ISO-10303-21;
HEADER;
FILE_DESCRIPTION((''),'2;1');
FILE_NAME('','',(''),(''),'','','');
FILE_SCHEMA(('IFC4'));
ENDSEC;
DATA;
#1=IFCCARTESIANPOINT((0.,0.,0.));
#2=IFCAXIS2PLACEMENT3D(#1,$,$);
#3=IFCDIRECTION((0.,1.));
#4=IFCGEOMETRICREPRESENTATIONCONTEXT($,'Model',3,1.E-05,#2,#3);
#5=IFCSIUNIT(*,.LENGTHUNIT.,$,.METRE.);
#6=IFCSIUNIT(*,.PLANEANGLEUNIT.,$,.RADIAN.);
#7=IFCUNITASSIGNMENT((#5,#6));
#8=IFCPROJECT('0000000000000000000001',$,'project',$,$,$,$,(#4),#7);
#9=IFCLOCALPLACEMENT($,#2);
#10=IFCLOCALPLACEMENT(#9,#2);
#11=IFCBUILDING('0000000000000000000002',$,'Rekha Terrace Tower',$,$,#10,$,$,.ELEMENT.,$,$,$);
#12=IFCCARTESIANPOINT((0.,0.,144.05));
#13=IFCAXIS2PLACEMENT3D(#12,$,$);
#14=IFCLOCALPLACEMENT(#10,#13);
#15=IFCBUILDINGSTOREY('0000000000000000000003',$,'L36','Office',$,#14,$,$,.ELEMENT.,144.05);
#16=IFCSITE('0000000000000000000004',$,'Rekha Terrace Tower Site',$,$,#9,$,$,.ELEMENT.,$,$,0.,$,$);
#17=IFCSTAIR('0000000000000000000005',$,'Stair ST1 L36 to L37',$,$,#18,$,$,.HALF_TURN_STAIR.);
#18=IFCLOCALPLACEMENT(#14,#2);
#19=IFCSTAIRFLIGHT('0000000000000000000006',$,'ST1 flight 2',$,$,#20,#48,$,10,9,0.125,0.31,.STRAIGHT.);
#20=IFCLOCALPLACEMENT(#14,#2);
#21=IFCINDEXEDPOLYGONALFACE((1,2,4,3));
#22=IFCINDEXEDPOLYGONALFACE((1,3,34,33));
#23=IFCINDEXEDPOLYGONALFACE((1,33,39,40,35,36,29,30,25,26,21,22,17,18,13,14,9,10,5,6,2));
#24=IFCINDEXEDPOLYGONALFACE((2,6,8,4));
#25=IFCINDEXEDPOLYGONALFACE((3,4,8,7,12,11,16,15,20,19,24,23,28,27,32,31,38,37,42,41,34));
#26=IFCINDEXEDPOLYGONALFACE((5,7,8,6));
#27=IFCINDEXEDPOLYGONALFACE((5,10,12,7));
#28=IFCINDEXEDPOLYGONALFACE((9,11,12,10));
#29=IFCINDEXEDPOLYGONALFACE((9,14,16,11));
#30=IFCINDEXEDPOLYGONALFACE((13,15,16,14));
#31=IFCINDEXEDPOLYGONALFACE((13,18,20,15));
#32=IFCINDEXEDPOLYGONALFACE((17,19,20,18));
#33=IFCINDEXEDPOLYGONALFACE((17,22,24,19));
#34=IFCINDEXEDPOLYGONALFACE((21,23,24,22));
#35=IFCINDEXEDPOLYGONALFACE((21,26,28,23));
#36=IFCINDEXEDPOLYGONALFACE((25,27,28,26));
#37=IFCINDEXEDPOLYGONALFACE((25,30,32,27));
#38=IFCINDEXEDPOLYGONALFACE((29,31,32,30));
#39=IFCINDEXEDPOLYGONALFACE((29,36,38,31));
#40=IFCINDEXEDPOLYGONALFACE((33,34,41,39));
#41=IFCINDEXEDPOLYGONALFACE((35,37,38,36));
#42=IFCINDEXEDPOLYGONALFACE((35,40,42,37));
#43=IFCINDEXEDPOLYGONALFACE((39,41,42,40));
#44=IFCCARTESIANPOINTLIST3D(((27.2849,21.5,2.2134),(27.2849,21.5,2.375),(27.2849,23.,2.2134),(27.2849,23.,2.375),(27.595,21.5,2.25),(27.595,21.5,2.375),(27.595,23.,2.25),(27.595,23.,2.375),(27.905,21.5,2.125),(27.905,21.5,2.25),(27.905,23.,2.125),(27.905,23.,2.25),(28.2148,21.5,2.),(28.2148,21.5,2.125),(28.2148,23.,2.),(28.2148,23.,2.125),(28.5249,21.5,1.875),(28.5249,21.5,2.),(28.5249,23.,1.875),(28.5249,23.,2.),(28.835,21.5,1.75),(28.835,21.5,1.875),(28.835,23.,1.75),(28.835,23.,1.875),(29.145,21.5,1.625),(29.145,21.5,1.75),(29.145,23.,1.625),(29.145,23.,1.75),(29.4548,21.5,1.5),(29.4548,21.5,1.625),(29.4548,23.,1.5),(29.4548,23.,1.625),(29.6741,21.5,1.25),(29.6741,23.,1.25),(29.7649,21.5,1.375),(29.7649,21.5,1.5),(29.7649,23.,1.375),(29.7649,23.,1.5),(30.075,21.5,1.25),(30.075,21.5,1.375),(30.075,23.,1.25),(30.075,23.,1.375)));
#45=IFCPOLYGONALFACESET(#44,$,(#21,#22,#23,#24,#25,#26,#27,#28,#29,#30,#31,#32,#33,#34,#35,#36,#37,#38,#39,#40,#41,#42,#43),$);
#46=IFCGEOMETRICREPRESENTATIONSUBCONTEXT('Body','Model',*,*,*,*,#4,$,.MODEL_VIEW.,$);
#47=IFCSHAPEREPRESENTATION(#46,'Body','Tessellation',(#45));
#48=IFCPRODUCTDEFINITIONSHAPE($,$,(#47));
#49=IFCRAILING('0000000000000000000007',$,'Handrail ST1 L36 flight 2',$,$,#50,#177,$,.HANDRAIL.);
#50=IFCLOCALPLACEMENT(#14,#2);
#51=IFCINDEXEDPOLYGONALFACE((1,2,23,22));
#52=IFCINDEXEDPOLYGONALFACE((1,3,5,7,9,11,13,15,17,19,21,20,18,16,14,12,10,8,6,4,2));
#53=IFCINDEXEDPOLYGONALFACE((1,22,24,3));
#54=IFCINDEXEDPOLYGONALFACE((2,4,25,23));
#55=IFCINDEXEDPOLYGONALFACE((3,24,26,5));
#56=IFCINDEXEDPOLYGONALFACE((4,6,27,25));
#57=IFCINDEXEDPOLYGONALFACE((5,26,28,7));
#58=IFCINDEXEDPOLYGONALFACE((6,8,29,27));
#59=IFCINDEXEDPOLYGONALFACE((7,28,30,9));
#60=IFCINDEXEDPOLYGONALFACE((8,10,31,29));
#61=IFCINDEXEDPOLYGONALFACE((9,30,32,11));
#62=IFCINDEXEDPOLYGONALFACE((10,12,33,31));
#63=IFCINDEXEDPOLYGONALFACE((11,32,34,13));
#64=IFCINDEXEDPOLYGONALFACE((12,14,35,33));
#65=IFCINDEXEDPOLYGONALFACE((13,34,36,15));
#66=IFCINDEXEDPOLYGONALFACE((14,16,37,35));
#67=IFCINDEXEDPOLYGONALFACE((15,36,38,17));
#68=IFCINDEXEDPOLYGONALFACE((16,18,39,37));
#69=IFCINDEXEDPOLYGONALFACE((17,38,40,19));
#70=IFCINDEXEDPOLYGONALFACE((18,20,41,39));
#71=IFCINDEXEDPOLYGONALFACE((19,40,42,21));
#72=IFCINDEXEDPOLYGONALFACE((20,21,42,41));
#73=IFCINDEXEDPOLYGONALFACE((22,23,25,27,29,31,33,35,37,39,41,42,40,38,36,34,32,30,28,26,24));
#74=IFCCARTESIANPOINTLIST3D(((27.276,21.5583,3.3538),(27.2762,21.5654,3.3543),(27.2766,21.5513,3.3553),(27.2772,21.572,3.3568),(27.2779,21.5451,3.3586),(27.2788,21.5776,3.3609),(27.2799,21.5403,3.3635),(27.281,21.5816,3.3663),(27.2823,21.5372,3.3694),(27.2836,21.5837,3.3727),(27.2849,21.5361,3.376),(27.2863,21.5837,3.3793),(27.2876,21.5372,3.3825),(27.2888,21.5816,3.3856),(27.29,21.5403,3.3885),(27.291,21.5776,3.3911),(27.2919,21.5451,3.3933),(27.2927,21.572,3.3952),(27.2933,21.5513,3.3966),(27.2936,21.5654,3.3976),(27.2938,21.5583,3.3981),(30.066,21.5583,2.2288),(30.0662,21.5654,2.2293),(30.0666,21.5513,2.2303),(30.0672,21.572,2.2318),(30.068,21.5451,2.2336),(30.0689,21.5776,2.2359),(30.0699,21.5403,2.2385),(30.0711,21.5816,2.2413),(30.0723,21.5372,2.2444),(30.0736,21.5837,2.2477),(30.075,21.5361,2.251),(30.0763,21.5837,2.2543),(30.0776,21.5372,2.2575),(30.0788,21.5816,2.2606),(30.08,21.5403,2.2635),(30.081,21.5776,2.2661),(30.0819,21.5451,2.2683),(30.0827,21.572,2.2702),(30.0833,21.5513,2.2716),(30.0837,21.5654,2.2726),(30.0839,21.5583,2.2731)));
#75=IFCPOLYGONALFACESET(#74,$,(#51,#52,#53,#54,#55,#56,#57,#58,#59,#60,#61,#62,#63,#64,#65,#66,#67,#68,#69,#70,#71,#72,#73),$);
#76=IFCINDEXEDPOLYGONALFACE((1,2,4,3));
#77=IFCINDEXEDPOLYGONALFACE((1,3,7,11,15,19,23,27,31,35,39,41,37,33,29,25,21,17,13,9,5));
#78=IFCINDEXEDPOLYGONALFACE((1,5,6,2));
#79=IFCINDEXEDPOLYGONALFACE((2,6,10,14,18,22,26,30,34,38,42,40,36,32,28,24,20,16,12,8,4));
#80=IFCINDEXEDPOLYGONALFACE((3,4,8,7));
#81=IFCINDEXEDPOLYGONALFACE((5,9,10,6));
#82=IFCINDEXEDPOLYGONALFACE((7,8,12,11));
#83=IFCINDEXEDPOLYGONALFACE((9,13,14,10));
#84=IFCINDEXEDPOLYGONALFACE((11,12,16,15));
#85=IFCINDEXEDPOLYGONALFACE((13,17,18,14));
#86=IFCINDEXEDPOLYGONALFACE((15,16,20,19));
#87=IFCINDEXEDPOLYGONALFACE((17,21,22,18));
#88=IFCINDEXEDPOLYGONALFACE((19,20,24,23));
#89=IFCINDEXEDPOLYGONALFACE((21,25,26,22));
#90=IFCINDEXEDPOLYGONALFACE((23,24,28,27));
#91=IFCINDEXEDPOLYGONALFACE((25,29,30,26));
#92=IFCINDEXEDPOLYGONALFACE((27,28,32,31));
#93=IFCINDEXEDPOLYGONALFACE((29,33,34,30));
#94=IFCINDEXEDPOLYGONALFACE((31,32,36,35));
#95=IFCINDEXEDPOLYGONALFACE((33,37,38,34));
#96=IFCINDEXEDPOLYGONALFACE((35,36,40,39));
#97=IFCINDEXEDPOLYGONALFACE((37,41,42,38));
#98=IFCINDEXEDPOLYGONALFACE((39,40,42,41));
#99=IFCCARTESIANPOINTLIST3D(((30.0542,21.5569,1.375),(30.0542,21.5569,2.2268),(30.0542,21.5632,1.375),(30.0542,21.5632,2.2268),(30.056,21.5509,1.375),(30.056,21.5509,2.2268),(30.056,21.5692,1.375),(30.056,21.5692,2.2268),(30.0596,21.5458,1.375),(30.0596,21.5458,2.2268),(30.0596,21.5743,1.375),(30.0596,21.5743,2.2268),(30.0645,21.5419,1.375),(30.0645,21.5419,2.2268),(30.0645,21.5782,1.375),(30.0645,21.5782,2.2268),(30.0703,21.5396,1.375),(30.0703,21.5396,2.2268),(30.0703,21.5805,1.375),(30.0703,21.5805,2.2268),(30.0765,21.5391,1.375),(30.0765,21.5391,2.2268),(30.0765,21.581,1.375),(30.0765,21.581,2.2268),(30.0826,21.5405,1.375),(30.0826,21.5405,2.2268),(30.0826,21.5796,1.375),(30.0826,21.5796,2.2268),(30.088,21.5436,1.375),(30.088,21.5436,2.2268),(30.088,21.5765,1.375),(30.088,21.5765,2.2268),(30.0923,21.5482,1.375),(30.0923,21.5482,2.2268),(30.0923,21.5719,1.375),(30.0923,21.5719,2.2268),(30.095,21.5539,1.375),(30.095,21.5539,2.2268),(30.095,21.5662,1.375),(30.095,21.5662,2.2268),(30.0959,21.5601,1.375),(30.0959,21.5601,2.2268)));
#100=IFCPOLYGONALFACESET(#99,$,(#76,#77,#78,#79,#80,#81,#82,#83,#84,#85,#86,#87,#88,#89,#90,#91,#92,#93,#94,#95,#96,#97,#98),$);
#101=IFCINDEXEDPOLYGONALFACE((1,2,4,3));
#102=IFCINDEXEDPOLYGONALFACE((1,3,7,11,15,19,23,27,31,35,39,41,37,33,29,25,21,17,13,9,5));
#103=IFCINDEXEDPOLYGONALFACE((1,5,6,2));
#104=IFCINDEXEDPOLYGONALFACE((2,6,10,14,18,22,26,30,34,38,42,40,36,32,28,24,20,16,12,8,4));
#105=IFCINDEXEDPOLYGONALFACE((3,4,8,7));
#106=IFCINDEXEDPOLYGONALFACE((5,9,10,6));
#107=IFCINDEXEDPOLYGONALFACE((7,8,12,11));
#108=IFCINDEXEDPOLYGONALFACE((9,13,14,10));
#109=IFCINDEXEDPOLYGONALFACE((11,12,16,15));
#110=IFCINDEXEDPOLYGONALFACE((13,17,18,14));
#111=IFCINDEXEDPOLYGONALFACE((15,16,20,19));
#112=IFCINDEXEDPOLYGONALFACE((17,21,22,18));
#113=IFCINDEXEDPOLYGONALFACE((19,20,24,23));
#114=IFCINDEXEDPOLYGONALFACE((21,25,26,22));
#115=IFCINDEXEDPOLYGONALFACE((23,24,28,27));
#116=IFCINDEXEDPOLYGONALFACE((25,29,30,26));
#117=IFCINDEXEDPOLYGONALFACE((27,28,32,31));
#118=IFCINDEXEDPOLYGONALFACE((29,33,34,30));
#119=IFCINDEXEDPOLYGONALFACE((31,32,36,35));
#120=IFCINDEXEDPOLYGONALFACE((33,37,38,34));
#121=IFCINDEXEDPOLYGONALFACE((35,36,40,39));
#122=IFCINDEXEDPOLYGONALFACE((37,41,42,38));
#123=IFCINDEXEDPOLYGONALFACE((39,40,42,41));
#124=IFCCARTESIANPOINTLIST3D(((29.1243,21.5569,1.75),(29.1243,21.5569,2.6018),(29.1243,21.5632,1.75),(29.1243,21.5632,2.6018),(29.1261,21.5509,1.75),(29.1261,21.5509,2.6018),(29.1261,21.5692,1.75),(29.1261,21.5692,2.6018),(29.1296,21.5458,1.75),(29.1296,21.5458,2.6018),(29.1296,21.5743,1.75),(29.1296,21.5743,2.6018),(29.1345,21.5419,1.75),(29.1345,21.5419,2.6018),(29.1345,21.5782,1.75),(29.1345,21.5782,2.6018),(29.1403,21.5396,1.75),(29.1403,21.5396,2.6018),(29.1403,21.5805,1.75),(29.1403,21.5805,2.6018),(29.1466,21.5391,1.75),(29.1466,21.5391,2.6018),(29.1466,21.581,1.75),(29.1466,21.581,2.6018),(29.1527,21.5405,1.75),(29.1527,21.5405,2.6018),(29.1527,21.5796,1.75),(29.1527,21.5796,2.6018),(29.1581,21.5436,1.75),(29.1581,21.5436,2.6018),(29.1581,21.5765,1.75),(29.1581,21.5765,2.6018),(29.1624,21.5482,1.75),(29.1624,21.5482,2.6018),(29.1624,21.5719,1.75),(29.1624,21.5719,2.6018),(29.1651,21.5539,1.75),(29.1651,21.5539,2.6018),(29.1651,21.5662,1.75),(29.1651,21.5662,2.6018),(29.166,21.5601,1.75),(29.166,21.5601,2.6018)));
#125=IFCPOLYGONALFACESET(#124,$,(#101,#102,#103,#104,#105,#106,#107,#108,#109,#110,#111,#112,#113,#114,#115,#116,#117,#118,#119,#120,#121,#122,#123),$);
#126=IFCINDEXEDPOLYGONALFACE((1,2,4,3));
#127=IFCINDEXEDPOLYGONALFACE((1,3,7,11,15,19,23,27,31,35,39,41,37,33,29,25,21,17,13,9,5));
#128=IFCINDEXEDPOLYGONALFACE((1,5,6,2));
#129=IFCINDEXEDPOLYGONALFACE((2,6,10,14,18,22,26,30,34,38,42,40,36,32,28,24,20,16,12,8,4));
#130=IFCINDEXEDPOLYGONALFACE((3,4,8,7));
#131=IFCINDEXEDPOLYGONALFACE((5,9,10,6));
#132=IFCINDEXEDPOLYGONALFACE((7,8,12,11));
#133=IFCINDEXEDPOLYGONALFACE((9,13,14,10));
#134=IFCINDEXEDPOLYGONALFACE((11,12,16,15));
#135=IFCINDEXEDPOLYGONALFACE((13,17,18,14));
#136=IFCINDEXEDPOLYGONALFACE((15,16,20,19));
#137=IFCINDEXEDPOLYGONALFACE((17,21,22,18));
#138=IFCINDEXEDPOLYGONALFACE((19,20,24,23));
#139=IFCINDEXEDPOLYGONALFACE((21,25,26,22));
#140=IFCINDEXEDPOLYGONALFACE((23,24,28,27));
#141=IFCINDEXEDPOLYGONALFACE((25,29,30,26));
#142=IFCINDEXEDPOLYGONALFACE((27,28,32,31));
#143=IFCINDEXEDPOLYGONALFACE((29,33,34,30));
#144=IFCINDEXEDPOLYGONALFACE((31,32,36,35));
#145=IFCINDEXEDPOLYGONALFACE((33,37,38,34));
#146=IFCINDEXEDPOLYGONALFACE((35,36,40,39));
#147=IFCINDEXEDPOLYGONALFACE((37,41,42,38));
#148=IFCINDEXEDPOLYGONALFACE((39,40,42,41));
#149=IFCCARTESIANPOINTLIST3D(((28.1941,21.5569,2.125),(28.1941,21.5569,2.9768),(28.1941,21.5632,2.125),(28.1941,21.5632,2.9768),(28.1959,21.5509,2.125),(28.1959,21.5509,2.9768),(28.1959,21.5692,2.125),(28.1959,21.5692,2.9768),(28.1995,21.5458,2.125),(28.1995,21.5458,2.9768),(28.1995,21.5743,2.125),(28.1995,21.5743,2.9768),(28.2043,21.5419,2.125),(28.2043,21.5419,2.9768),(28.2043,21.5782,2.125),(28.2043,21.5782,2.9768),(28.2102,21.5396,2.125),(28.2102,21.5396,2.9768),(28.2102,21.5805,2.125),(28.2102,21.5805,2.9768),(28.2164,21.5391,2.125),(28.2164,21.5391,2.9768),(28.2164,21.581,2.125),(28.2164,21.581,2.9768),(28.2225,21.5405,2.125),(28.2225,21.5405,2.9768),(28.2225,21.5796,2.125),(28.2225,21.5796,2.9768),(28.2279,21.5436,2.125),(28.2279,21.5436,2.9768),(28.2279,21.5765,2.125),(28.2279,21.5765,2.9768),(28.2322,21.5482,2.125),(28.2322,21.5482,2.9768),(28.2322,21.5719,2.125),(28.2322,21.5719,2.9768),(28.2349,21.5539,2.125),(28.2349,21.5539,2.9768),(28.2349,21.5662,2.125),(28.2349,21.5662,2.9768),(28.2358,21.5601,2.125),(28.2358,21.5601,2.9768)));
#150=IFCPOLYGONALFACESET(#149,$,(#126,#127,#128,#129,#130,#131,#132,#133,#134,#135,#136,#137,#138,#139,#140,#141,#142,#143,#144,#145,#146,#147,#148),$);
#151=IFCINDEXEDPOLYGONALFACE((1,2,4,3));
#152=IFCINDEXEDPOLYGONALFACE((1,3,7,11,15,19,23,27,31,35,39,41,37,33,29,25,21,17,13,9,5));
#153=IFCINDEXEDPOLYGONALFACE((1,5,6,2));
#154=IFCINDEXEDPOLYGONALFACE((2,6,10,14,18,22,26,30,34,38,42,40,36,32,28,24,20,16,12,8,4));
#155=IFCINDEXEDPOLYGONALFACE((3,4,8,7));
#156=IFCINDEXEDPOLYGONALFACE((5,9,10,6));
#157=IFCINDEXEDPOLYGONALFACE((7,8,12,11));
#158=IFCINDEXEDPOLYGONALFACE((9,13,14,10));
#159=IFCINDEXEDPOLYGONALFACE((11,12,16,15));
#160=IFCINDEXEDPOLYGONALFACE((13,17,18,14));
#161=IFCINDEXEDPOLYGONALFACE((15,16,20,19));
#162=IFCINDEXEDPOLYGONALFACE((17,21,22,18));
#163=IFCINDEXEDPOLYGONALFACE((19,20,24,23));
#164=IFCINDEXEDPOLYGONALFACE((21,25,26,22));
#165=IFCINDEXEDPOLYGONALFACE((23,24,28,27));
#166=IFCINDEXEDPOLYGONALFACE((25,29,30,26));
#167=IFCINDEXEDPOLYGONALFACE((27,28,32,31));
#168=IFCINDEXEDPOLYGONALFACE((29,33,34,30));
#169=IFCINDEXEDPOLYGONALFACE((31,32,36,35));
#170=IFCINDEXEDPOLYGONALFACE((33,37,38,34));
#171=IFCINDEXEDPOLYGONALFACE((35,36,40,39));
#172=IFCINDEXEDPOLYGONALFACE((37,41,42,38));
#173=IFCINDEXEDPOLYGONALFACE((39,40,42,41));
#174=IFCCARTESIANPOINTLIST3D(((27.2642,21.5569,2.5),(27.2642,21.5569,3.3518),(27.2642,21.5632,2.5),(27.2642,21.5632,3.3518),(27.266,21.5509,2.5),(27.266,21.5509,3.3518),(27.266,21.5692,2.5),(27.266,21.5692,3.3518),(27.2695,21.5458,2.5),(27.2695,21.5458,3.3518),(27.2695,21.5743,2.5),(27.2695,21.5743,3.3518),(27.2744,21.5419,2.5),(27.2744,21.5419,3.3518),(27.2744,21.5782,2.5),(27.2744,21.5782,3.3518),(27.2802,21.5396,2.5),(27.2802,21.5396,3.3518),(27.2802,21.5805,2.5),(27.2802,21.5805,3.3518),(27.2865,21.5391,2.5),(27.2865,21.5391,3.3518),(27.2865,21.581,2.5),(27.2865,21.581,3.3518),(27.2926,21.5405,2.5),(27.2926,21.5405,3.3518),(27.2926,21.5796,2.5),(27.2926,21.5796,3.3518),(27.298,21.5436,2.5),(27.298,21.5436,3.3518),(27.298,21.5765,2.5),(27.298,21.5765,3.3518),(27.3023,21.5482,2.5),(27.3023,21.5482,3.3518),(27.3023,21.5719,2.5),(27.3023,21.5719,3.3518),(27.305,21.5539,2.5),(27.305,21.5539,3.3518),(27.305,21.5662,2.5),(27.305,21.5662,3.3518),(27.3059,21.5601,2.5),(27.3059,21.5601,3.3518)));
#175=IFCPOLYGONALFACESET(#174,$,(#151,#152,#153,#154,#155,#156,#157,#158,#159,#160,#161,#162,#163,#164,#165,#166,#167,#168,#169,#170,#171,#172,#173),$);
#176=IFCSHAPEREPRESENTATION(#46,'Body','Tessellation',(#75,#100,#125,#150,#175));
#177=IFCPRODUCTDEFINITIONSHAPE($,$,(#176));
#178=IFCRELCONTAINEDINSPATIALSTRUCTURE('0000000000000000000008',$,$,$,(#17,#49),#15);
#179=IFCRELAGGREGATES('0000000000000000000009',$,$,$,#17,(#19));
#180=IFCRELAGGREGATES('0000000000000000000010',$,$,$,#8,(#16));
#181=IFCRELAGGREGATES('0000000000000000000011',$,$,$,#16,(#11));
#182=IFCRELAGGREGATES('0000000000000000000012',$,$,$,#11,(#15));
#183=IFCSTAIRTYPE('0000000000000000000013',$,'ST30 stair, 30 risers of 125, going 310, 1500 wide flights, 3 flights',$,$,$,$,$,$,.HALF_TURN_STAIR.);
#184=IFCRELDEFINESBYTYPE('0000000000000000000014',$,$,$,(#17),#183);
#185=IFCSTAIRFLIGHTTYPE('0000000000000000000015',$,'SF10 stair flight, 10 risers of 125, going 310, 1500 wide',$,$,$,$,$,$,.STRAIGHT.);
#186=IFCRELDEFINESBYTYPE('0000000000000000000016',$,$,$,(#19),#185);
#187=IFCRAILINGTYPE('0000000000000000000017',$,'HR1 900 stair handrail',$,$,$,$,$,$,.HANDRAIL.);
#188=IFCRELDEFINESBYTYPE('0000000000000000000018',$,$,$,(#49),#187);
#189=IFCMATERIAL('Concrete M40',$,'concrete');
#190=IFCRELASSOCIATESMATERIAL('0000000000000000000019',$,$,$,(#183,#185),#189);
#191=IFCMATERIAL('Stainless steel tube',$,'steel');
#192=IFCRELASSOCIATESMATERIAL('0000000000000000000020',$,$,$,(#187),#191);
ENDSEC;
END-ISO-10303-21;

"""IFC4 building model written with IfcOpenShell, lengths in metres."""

from ifc_helpers import new_model, si_unit, direction, frame, origin, origin_2d, place, context, subcontext, project, spatial, polyline, circle, outline, extrude, material, type_object, element, aggregate, save


model = new_model("IFC4")

# Units and contexts
model_context = context("Model", 3, precision=1e-05, world=origin(), true_north=direction((0.0, 1.0)))
body_context = subcontext(model_context, "Body", "Model", "MODEL_VIEW")
ifc_project = project(units=[si_unit("LENGTHUNIT", "METRE"), si_unit("PLANEANGLEUNIT", "RADIAN")], contexts=[model_context])

# Site, building, storey
site_placement = place(None, origin())
site = spatial("IfcSite", under=ifc_project, at=site_placement, Name="Rekha Terrace Tower Site", CompositionType="ELEMENT", RefElevation=0.0)
building_placement = place(site_placement, origin())
building = spatial("IfcBuilding", under=site, at=building_placement, Name="Rekha Terrace Tower", CompositionType="ELEMENT")
storey_placement = place(building_placement, frame((0.0, 0.0, 144.05)))
storey = spatial("IfcBuildingStorey", under=building, at=storey_placement, Name="L36", Description="Office", CompositionType="ELEMENT", Elevation=144.05)

# Stair, stair flight
ifc_material_1 = material(Name="Concrete M40", Category="concrete")
stair_type = type_object("IfcStairType", Name="ST30 stair, 30 risers of 125, going 310, 1500 wide flights, 3 flights", PredefinedType="HALF_TURN_STAIR", material=ifc_material_1)
stair_placement = place(storey_placement, origin())
stair = element("IfcStair", 1, at=stair_placement, inside=storey, type_object=stair_type, Name="Stair ST1 L36 to L37", PredefinedType="HALF_TURN_STAIR")
stair_flight_type = type_object("IfcStairFlightType", Name="SF10 stair flight, 10 risers of 125, going 310, 1500 wide", PredefinedType="STRAIGHT", material=ifc_material_1)
stair_flight_placement = place(storey_placement, frame((30.075, 22.25, 1.25), z_axis=(0.0, 0.0, 1.0), x_axis=(-1.0, 0.0, 0.0)))
stair_flight = element("IfcStairFlight", 2, at=stair_flight_placement, type_object=stair_flight_type, Name="ST1 flight 2", NumberOfRisers=10, NumberOfTreads=9, PredefinedType="STRAIGHT", RiserHeight=0.125, TreadLength=0.31, context=body_context, shape_type="SweptSolid", body=[
    extrude(outline(polyline([(0.0, 0.0), (0.0, 0.125), (0.3101, 0.125), (0.3101, 0.25), (0.6201, 0.25), (0.6201, 0.375), (0.9299, 0.375), (0.9299, 0.5), (1.24, 0.5), (1.24, 0.625), (1.55, 0.625), (1.55, 0.75), (1.8601, 0.75), (1.8601, 0.875), (2.1699, 0.875), (2.1699, 1.0), (2.48, 1.0), (2.48, 1.125), (2.79, 1.125), (2.79, 1.25), (2.79, 0.9634), (0.4009, 0.0), (0.0, 0.0)])), frame((0.0, 0.75, 0.0), z_axis=(0.0, -1.0, 0.0), x_axis=(1.0, 0.0, 0.0)), (0.0, 0.0, 1.0), 1.5),
])
aggregate(stair, [stair_flight])

# Railing
ifc_material_2 = material(Name="Stainless steel tube", Category="steel")
railing_type = type_object("IfcRailingType", Name="HR1 900 stair handrail", PredefinedType="HANDRAIL", material=ifc_material_2)
railing_placement = place(storey_placement, frame((30.075, 21.5601, 1.375)))
element("IfcRailing", 3, at=railing_placement, inside=storey, type_object=railing_type, Name="Handrail ST1 L36 flight 2", PredefinedType="HANDRAIL", context=body_context, shape_type="SweptSolid", body=[
    extrude(circle(Radius=0.0239, at=origin_2d()), frame((0.0, 0.0, 0.876), z_axis=(-0.927443, 0.0, 0.373964), x_axis=(0.0, -1.0, 0.0)), (0.0, 0.0, 1.0), 3.0083),
    extrude(circle(Radius=0.021, at=origin_2d()), origin(), (0.0, 0.0, 1.0), 0.8518),
    extrude(circle(Radius=0.021, at=origin_2d()), frame((-0.9299, 0.0, 0.375)), (0.0, 0.0, 1.0), 0.8518),
    extrude(circle(Radius=0.021, at=origin_2d()), frame((-1.8601, 0.0, 0.75)), (0.0, 0.0, 1.0), 0.8518),
    extrude(circle(Radius=0.021, at=origin_2d()), frame((-2.79, 0.0, 1.125)), (0.0, 0.0, 1.0), 0.8518),
])

save(model, "model.ifc")
